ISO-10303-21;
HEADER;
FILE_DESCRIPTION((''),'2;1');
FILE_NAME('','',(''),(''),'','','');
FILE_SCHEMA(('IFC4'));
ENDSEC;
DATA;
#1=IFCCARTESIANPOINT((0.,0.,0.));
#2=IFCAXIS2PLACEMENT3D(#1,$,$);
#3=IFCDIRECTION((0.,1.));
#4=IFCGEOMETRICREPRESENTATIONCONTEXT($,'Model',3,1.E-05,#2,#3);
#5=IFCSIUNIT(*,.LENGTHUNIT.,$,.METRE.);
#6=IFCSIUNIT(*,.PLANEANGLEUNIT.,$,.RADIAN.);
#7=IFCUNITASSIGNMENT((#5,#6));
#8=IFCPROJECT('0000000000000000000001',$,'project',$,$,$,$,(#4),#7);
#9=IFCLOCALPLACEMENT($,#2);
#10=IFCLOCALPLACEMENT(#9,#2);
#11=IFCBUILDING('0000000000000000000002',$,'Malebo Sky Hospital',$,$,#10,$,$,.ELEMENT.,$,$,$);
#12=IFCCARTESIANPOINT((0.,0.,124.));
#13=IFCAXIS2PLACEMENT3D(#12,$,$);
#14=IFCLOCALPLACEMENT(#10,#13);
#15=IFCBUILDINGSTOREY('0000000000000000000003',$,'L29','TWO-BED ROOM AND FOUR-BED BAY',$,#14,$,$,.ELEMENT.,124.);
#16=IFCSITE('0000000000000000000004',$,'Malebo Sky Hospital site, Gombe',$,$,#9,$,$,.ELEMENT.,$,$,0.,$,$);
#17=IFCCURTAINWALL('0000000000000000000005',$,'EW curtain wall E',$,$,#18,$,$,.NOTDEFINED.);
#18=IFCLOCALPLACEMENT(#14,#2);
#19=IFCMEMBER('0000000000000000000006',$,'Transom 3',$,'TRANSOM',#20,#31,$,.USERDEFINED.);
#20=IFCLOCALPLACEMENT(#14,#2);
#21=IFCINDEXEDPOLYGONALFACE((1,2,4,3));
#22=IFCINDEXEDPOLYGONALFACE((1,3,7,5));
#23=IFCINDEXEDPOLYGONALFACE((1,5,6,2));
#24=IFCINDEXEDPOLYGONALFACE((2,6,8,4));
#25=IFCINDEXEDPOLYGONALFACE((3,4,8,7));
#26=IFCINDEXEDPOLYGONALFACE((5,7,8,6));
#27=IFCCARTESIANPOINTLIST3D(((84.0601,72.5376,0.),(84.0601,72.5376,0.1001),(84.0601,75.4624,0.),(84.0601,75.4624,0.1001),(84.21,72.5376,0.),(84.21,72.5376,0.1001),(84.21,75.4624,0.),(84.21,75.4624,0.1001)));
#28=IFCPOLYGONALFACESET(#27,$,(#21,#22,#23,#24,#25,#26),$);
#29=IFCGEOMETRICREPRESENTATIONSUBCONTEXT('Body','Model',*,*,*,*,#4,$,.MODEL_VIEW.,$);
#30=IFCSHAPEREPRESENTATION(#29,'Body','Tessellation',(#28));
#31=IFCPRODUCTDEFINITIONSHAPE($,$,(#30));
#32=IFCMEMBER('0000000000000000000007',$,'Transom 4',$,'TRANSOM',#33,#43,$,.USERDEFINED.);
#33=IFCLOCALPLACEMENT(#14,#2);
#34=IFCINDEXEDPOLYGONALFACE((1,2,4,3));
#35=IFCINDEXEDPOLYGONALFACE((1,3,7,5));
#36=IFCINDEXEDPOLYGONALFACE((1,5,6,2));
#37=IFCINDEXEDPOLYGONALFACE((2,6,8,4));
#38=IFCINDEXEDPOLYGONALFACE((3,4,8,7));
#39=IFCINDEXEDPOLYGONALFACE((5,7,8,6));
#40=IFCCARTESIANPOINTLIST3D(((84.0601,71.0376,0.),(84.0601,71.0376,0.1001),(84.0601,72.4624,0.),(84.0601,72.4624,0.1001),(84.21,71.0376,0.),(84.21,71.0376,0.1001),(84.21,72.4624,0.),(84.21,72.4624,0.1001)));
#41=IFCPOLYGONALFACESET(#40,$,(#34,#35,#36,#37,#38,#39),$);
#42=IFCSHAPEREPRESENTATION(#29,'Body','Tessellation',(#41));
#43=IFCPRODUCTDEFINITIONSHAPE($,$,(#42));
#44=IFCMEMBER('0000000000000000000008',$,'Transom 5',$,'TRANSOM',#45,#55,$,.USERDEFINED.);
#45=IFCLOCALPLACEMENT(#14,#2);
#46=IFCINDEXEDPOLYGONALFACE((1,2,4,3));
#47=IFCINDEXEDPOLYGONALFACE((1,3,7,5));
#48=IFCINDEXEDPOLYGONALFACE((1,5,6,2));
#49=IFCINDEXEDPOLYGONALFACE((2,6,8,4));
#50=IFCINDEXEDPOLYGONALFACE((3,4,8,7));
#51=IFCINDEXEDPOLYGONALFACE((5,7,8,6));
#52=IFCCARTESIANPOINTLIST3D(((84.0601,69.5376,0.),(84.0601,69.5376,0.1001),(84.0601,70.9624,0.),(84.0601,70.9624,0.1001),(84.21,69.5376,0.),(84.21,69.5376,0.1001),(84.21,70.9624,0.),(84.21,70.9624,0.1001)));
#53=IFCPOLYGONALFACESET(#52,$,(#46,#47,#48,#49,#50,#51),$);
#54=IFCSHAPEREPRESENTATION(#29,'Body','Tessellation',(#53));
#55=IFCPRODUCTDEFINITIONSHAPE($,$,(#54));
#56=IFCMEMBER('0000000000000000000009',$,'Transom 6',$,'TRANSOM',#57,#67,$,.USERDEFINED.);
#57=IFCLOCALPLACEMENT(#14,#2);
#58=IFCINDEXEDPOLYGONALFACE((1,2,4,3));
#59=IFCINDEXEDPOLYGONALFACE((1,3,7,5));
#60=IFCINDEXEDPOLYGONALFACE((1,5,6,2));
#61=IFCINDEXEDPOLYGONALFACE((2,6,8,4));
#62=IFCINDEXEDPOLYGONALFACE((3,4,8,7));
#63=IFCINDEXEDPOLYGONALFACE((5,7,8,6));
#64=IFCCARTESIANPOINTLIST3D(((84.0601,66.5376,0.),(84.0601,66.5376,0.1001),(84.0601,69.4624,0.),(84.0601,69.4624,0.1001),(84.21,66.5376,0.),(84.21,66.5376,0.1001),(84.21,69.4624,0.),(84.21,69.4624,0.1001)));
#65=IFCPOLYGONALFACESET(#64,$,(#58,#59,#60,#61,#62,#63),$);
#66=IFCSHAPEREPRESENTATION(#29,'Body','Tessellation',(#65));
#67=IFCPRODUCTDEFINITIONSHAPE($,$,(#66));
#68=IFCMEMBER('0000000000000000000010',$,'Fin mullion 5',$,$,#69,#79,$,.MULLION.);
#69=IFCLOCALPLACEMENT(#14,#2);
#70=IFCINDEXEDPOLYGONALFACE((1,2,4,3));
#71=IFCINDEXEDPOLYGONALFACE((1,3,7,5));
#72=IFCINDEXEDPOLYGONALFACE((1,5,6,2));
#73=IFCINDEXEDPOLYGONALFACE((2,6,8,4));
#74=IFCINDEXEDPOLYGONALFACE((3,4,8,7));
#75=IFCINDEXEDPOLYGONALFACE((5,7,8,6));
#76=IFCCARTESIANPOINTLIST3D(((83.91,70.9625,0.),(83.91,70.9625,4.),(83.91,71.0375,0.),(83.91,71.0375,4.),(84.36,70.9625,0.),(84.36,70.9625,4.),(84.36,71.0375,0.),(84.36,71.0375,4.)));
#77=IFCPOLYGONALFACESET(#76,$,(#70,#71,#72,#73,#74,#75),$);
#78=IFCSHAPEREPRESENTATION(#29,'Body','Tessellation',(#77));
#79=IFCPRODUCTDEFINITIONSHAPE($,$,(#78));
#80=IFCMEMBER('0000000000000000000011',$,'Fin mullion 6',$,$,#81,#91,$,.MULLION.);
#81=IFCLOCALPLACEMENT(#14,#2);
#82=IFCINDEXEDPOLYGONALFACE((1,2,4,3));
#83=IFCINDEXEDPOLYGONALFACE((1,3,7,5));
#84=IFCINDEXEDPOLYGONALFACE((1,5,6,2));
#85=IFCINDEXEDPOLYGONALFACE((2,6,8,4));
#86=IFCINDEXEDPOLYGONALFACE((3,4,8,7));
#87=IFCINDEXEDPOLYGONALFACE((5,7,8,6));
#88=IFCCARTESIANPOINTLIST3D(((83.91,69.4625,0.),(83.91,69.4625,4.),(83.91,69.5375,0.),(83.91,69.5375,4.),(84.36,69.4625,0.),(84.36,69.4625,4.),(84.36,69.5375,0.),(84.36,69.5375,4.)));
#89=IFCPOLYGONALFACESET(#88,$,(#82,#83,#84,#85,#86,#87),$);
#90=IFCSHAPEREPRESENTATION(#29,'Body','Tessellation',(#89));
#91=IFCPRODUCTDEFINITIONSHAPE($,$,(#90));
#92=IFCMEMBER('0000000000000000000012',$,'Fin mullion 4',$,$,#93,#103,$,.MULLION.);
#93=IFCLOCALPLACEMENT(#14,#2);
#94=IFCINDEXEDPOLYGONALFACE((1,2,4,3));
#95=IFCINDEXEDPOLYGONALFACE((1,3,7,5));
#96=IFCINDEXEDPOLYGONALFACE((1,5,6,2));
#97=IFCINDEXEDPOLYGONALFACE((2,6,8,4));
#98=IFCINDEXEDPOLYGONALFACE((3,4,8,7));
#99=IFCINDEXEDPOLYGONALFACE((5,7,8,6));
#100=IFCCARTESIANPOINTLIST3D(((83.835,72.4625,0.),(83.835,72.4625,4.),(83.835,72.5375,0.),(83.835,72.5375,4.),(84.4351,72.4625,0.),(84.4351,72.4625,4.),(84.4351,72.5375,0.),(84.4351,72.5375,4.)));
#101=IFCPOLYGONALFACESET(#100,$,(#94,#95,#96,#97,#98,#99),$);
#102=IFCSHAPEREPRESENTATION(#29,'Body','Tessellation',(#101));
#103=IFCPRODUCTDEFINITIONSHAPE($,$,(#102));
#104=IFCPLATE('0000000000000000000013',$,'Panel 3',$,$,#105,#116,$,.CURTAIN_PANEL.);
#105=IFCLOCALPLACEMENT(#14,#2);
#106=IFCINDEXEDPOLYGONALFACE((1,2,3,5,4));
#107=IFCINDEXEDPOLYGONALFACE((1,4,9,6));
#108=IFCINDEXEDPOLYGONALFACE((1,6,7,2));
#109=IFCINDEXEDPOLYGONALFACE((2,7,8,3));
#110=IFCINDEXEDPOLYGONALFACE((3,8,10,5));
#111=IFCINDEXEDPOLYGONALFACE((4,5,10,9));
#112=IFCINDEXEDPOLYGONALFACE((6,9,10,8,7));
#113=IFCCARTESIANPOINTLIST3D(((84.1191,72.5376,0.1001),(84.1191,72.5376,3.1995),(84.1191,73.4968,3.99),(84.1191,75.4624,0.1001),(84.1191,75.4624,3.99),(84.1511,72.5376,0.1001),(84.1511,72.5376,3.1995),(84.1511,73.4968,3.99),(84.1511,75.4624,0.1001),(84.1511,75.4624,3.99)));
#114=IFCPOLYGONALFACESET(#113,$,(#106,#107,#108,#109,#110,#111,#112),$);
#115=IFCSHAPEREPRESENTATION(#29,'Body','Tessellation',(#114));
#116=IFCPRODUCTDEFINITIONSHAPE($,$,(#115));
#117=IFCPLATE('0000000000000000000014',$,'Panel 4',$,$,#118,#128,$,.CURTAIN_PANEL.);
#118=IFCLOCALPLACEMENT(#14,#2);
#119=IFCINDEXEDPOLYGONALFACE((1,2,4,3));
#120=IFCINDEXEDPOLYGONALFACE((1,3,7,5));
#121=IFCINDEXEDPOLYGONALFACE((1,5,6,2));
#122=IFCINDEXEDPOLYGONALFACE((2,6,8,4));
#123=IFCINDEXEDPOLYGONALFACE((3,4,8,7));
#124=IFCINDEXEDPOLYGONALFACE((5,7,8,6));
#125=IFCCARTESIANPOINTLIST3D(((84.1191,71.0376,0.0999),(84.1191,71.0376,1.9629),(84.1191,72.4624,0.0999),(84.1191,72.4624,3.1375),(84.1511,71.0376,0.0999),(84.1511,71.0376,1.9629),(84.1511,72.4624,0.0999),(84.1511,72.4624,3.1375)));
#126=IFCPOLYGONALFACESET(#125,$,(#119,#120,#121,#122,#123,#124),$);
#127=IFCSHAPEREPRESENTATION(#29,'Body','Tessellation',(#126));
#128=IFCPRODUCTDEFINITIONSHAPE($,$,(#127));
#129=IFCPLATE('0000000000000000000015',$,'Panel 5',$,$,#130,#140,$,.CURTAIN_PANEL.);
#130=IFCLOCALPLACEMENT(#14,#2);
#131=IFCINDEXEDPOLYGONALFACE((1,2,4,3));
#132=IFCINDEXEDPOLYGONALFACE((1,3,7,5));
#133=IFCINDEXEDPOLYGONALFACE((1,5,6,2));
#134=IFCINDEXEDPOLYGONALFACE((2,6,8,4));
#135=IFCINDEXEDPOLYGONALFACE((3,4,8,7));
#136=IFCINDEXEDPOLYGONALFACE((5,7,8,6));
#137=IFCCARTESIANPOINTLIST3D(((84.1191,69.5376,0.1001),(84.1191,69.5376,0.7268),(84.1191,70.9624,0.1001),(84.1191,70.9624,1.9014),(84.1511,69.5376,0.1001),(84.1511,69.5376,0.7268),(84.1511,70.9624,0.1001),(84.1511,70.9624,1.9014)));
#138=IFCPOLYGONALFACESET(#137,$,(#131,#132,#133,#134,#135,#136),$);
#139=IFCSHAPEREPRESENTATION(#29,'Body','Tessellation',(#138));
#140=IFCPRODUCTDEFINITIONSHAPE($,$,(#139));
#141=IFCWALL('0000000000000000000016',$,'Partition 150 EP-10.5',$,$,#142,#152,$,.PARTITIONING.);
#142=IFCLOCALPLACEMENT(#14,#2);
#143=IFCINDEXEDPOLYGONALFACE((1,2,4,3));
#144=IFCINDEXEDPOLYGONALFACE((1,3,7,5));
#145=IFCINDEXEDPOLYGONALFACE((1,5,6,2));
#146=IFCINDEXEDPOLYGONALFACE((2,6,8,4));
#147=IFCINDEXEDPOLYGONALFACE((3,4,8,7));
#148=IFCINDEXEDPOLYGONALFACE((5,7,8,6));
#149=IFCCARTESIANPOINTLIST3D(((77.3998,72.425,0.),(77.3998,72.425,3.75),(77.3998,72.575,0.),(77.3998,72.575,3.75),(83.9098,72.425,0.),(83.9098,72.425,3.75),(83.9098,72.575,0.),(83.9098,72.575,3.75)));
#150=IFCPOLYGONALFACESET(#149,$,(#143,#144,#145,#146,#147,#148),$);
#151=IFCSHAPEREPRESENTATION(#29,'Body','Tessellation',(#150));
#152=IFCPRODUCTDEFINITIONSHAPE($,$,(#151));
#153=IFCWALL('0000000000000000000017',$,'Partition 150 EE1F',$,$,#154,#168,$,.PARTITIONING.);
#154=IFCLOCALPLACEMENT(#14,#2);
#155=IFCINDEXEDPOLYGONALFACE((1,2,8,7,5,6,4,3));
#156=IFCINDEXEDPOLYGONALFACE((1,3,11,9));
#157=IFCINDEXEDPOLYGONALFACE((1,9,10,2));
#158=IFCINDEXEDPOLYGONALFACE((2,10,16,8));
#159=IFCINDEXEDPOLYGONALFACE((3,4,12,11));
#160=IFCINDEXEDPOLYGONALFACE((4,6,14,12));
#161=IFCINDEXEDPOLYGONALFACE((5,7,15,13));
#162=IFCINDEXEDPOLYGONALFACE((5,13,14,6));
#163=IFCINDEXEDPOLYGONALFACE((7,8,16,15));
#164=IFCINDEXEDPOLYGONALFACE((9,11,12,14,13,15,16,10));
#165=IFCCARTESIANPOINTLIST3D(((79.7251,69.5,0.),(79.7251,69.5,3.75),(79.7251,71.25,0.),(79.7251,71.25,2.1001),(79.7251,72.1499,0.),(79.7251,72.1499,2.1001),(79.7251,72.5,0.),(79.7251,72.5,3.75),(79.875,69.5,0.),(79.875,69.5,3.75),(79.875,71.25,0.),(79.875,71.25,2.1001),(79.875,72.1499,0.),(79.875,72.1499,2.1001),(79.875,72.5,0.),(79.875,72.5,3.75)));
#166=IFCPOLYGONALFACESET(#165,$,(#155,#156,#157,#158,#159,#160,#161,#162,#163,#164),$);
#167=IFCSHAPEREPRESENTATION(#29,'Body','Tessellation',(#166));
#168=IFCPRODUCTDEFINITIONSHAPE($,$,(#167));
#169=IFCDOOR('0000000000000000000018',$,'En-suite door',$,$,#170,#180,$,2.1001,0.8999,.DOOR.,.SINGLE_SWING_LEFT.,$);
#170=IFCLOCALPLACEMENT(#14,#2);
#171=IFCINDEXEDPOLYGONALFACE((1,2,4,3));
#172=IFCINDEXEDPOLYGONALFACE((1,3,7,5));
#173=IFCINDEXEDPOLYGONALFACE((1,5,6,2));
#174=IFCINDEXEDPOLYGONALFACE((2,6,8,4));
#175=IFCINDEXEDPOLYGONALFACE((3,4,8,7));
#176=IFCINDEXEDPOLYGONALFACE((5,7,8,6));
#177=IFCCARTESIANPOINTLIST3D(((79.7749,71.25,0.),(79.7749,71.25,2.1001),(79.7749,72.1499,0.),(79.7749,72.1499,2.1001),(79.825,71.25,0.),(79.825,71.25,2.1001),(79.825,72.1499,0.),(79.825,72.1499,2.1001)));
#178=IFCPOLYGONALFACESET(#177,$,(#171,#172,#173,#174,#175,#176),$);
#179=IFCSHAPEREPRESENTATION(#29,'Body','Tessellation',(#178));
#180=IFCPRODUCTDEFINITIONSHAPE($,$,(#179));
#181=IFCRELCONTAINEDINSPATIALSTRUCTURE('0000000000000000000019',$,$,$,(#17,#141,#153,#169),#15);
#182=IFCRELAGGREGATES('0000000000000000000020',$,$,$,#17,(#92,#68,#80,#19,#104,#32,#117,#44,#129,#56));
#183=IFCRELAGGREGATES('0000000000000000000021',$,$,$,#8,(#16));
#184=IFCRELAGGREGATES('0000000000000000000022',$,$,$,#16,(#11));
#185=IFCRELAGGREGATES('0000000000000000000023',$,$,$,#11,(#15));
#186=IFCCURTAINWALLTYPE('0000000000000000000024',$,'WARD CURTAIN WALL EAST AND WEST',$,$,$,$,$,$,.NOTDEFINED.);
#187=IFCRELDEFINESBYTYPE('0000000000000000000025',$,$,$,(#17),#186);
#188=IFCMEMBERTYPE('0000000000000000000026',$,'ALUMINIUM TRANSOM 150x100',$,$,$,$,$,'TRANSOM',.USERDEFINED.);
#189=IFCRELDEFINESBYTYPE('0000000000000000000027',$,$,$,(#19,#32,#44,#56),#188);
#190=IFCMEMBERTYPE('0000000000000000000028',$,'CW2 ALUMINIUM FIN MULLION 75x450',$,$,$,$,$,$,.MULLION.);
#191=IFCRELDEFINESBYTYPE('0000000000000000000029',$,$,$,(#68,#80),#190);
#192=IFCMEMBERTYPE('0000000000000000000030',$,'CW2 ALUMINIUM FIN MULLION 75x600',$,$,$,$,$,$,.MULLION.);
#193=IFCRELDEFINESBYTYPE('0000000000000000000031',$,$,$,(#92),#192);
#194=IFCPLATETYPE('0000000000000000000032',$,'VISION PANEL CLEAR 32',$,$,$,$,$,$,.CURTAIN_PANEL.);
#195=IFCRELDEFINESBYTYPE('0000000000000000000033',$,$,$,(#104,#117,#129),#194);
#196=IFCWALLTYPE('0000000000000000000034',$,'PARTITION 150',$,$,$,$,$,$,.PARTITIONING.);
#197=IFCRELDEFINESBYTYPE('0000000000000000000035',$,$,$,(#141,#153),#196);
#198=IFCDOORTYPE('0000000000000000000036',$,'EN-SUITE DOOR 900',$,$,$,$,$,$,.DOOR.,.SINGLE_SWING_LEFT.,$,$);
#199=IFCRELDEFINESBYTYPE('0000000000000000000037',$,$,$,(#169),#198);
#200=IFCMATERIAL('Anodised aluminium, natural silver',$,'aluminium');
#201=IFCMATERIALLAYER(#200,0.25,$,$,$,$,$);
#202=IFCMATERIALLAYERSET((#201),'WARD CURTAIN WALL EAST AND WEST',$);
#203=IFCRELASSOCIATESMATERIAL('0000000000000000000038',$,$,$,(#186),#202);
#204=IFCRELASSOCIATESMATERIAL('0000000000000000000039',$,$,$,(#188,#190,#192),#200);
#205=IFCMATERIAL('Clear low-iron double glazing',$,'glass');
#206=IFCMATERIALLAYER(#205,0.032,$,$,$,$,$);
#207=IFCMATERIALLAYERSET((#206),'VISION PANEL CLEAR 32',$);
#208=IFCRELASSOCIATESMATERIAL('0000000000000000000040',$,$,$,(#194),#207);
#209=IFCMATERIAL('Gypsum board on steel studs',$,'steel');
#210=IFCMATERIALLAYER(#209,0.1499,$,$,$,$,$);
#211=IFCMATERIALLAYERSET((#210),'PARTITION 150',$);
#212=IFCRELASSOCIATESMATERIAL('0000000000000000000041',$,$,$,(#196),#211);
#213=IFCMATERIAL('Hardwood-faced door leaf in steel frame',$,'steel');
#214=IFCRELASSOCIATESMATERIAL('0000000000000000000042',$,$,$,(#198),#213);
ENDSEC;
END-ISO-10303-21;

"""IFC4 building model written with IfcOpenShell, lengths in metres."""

from ifc_helpers import new_model, si_unit, direction, frame, frame_2d, origin, origin_2d, place, context, subcontext, project, spatial, polyline, rectangle, outline, extrude, material, layer, layer_set, material_profile, profile_set, type_object, element, fill, aggregate, save


model = new_model("IFC4")

# Units and contexts
model_context = context("Model", 3, precision=1e-05, world=origin(), true_north=direction((0.0, 1.0)))
body_context = subcontext(model_context, "Body", "Model", "MODEL_VIEW")
ifc_project = project(units=[si_unit("LENGTHUNIT", "METRE"), si_unit("PLANEANGLEUNIT", "RADIAN")], contexts=[model_context])

# Site, building, storey
site_placement = place(None, origin())
site = spatial("IfcSite", under=ifc_project, at=site_placement, Name="Malebo Sky Hospital site, Gombe", CompositionType="ELEMENT", RefElevation=0.0)
building_placement = place(site_placement, origin())
building = spatial("IfcBuilding", under=site, at=building_placement, Name="Malebo Sky Hospital", CompositionType="ELEMENT")
storey_placement = place(building_placement, frame((0.0, 0.0, 124.0)))
storey = spatial("IfcBuildingStorey", under=building, at=storey_placement, Name="L29", Description="TWO-BED ROOM AND FOUR-BED BAY", CompositionType="ELEMENT", Elevation=124.0)

# Curtain wall, members, plates
ifc_material_1 = material(Name="Anodised aluminium, natural silver", Category="aluminium")
ifc_layer_1 = layer(ifc_material_1, 0.25)
ifc_layer_set_1 = layer_set([ifc_layer_1], Name="WARD CURTAIN WALL EAST AND WEST")
curtain_wall_type = type_object("IfcCurtainWallType", Name="WARD CURTAIN WALL EAST AND WEST", PredefinedType="NOTDEFINED", material=ifc_layer_set_1)
curtain_wall_placement = place(storey_placement, origin())
curtain_wall = element("IfcCurtainWall", 1, at=curtain_wall_placement, inside=storey, type_object=curtain_wall_type, Name="EW curtain wall E", PredefinedType="NOTDEFINED")
ifc_material_profile_1 = material_profile(ifc_material_1, rectangle(XDim=0.1499, YDim=0.1001, at=origin_2d()), Name="ALUMINIUM TRANSOM 150x100")
ifc_profile_set_1 = profile_set([ifc_material_profile_1], Name="Anodised aluminium, natural silver")
member_type_1 = type_object("IfcMemberType", Name="ALUMINIUM TRANSOM 150x100", ElementType="TRANSOM", PredefinedType="USERDEFINED", material=ifc_profile_set_1)
member_1_placement = place(storey_placement, frame((84.135, 75.4624, 0.05), z_axis=(0.0, -1.0, 0.0), x_axis=(1.0, 0.0, 0.0)))
member_1 = element("IfcMember", 2, at=member_1_placement, type_object=member_type_1, Name="Transom 3", ObjectType="TRANSOM", PredefinedType="USERDEFINED", context=body_context, shape_type="SweptSolid", body=[
    extrude(rectangle(XDim=0.1499, YDim=0.1001, at=origin_2d()), origin(), (0.0, 0.0, 1.0), 2.9248),
])
member_2_placement = place(storey_placement, frame((84.135, 72.4624, 0.05), z_axis=(0.0, -1.0, 0.0), x_axis=(1.0, 0.0, 0.0)))
member_2 = element("IfcMember", 3, at=member_2_placement, type_object=member_type_1, Name="Transom 4", ObjectType="TRANSOM", PredefinedType="USERDEFINED", context=body_context, shape_type="SweptSolid", body=[
    extrude(rectangle(XDim=0.1499, YDim=0.1001, at=origin_2d()), origin(), (0.0, 0.0, 1.0), 1.4248),
])
member_3_placement = place(storey_placement, frame((84.135, 70.9624, 0.05), z_axis=(0.0, -1.0, 0.0), x_axis=(1.0, 0.0, 0.0)))
member_3 = element("IfcMember", 4, at=member_3_placement, type_object=member_type_1, Name="Transom 5", ObjectType="TRANSOM", PredefinedType="USERDEFINED", context=body_context, shape_type="SweptSolid", body=[
    extrude(rectangle(XDim=0.1499, YDim=0.1001, at=origin_2d()), origin(), (0.0, 0.0, 1.0), 1.4248),
])
member_4_placement = place(storey_placement, frame((84.135, 69.4624, 0.05), z_axis=(0.0, -1.0, 0.0), x_axis=(1.0, 0.0, 0.0)))
member_4 = element("IfcMember", 5, at=member_4_placement, type_object=member_type_1, Name="Transom 6", ObjectType="TRANSOM", PredefinedType="USERDEFINED", context=body_context, shape_type="SweptSolid", body=[
    extrude(rectangle(XDim=0.1499, YDim=0.1001, at=origin_2d()), origin(), (0.0, 0.0, 1.0), 2.9248),
])
ifc_material_profile_2 = material_profile(ifc_material_1, rectangle(XDim=0.075, YDim=0.45, at=origin_2d()), Name="CW2 ALUMINIUM FIN MULLION 75x450")
ifc_profile_set_2 = profile_set([ifc_material_profile_2], Name="Anodised aluminium, natural silver")
member_type_2 = type_object("IfcMemberType", Name="CW2 ALUMINIUM FIN MULLION 75x450", PredefinedType="MULLION", material=ifc_profile_set_2)
member_5_placement = place(storey_placement, frame((84.135, 71.0, 0.0), z_axis=(0.0, 0.0, 1.0), x_axis=(0.0, -1.0, 0.0)))
member_5 = element("IfcMember", 6, at=member_5_placement, type_object=member_type_2, Name="Fin mullion 5", PredefinedType="MULLION", context=body_context, shape_type="SweptSolid", body=[
    extrude(rectangle(XDim=0.075, YDim=0.45, at=origin_2d()), origin(), (0.0, 0.0, 1.0), 4.0),
])
member_6_placement = place(storey_placement, frame((84.135, 69.5, 0.0), z_axis=(0.0, 0.0, 1.0), x_axis=(0.0, -1.0, 0.0)))
member_6 = element("IfcMember", 7, at=member_6_placement, type_object=member_type_2, Name="Fin mullion 6", PredefinedType="MULLION", context=body_context, shape_type="SweptSolid", body=[
    extrude(rectangle(XDim=0.075, YDim=0.45, at=origin_2d()), origin(), (0.0, 0.0, 1.0), 4.0),
])
ifc_material_profile_3 = material_profile(ifc_material_1, rectangle(XDim=0.075, YDim=0.6001, at=origin_2d()), Name="CW2 ALUMINIUM FIN MULLION 75x600")
ifc_profile_set_3 = profile_set([ifc_material_profile_3], Name="Anodised aluminium, natural silver")
member_type_3 = type_object("IfcMemberType", Name="CW2 ALUMINIUM FIN MULLION 75x600", PredefinedType="MULLION", material=ifc_profile_set_3)
member_7_placement = place(storey_placement, frame((84.135, 72.5, 0.0), z_axis=(0.0, 0.0, 1.0), x_axis=(0.0, -1.0, 0.0)))
member_7 = element("IfcMember", 8, at=member_7_placement, type_object=member_type_3, Name="Fin mullion 4", PredefinedType="MULLION", context=body_context, shape_type="SweptSolid", body=[
    extrude(rectangle(XDim=0.075, YDim=0.6001, at=origin_2d()), origin(), (0.0, 0.0, 1.0), 4.0),
])
ifc_material_2 = material(Name="Clear low-iron double glazing", Category="glass")
ifc_layer_2 = layer(ifc_material_2, 0.032)
ifc_layer_set_2 = layer_set([ifc_layer_2], Name="VISION PANEL CLEAR 32")
plate_type = type_object("IfcPlateType", Name="VISION PANEL CLEAR 32", PredefinedType="CURTAIN_PANEL", material=ifc_layer_set_2)
plate_1_placement = place(storey_placement, frame((84.135, 74.0, 0.1001), z_axis=(0.0, 0.0, 1.0), x_axis=(0.0, -1.0, 0.0)))
plate_1 = element("IfcPlate", 9, at=plate_1_placement, type_object=plate_type, Name="Panel 3", PredefinedType="CURTAIN_PANEL", context=body_context, shape_type="SweptSolid", body=[
    extrude(outline(polyline([(-1.4624, 0.0), (1.4624, 0.0), (1.4624, 3.0994), (0.5032, 3.8899), (-1.4624, 3.8899), (-1.4624, 0.0)])), frame((0.0, 0.0161, 0.0), z_axis=(0.0, -1.0, 0.0), x_axis=(1.0, 0.0, 0.0)), (0.0, 0.0, 1.0), 0.032),
])
plate_2_placement = place(storey_placement, frame((84.135, 71.75, 0.0999), z_axis=(0.0, 0.0, 1.0), x_axis=(0.0, -1.0, 0.0)))
plate_2 = element("IfcPlate", 10, at=plate_2_placement, type_object=plate_type, Name="Panel 4", PredefinedType="CURTAIN_PANEL", context=body_context, shape_type="SweptSolid", body=[
    extrude(outline(polyline([(-0.7124, 0.0), (0.7124, 0.0), (0.7124, 1.863), (-0.7124, 3.0376), (-0.7124, 0.0)])), frame((0.0, 0.0161, 0.0), z_axis=(0.0, -1.0, 0.0), x_axis=(1.0, 0.0, 0.0)), (0.0, 0.0, 1.0), 0.032),
])
plate_3_placement = place(storey_placement, frame((84.135, 70.25, 0.1001), z_axis=(0.0, 0.0, 1.0), x_axis=(0.0, -1.0, 0.0)))
plate_3 = element("IfcPlate", 11, at=plate_3_placement, type_object=plate_type, Name="Panel 5", PredefinedType="CURTAIN_PANEL", context=body_context, shape_type="SweptSolid", body=[
    extrude(outline(polyline([(-0.7124, 0.0), (0.7124, 0.0), (0.7124, 0.6267), (-0.7124, 1.8013), (-0.7124, 0.0)])), frame((0.0, 0.0161, 0.0), z_axis=(0.0, -1.0, 0.0), x_axis=(1.0, 0.0, 0.0)), (0.0, 0.0, 1.0), 0.032),
])
aggregate(curtain_wall, [member_7, member_5, member_6, member_1, plate_1, member_2, plate_2, member_3, plate_3, member_4])

# Wall
ifc_material_3 = material(Name="Gypsum board on steel studs", Category="steel")
ifc_layer_3 = layer(ifc_material_3, 0.1499)
ifc_layer_set_3 = layer_set([ifc_layer_3], Name="PARTITION 150")
wall_type = type_object("IfcWallType", Name="PARTITION 150", PredefinedType="PARTITIONING", material=ifc_layer_set_3)
wall_1_placement = place(storey_placement, frame((77.3999, 72.5, 0.0), z_axis=(0.0, 0.0, 1.0), x_axis=(1.0, 0.0, 0.0)))
element("IfcWall", 12, at=wall_1_placement, inside=storey, type_object=wall_type, Name="Partition 150 EP-10.5", PredefinedType="PARTITIONING", context=body_context, shape_type="SweptSolid", body=[
    extrude(rectangle(XDim=6.51, YDim=0.1499, at=frame_2d((3.2549, 0.0))), origin(), (0.0, 0.0, 1.0), 3.75),
])

# Wall, opening, door
wall_2_placement = place(storey_placement, frame((79.8, 72.5, 0.0), z_axis=(0.0, 0.0, 1.0), x_axis=(0.0, -1.0, 0.0)))
wall_2 = element("IfcWall", 13, at=wall_2_placement, inside=storey, type_object=wall_type, Name="Partition 150 EE1F", PredefinedType="PARTITIONING", context=body_context, shape_type="SweptSolid", body=[
    extrude(rectangle(XDim=3.0, YDim=0.1499, at=frame_2d((1.5, 0.0))), origin(), (0.0, 0.0, 1.0), 3.75),
])
opening_placement = place(wall_2_placement, frame((0.3501, 0.0, 0.0)))
opening = element("IfcOpeningElement", 14, at=opening_placement, cuts=wall_2, PredefinedType="OPENING", context=body_context, shape_type="SweptSolid", body=[
    extrude(rectangle(XDim=0.8999, YDim=2.1001, at=frame_2d((0.45, 1.05))), frame((0.0, 0.085, 0.0), z_axis=(0.0, -1.0, 0.0), x_axis=(1.0, 0.0, 0.0)), (0.0, 0.0, 1.0), 0.1699),
])
ifc_material_4 = material(Name="Hardwood-faced door leaf in steel frame", Category="steel")
door_type = type_object("IfcDoorType", Name="EN-SUITE DOOR 900", OperationType="SINGLE_SWING_LEFT", PredefinedType="DOOR", material=ifc_material_4)
door_placement = place(opening_placement, origin())
door = element("IfcDoor", 15, at=door_placement, inside=storey, type_object=door_type, Name="En-suite door", OperationType="SINGLE_SWING_LEFT", OverallHeight=2.1001, OverallWidth=0.8999, PredefinedType="DOOR", context=body_context, shape_type="SweptSolid", body=[
    extrude(rectangle(XDim=0.8999, YDim=2.1001, at=frame_2d((0.45, 1.05))), frame((0.0, 0.0249, 0.0), z_axis=(0.0, -1.0, 0.0), x_axis=(1.0, 0.0, 0.0)), (0.0, 0.0, 1.0), 0.05),
])
fill(opening, door)

save(model, "model.ifc")
